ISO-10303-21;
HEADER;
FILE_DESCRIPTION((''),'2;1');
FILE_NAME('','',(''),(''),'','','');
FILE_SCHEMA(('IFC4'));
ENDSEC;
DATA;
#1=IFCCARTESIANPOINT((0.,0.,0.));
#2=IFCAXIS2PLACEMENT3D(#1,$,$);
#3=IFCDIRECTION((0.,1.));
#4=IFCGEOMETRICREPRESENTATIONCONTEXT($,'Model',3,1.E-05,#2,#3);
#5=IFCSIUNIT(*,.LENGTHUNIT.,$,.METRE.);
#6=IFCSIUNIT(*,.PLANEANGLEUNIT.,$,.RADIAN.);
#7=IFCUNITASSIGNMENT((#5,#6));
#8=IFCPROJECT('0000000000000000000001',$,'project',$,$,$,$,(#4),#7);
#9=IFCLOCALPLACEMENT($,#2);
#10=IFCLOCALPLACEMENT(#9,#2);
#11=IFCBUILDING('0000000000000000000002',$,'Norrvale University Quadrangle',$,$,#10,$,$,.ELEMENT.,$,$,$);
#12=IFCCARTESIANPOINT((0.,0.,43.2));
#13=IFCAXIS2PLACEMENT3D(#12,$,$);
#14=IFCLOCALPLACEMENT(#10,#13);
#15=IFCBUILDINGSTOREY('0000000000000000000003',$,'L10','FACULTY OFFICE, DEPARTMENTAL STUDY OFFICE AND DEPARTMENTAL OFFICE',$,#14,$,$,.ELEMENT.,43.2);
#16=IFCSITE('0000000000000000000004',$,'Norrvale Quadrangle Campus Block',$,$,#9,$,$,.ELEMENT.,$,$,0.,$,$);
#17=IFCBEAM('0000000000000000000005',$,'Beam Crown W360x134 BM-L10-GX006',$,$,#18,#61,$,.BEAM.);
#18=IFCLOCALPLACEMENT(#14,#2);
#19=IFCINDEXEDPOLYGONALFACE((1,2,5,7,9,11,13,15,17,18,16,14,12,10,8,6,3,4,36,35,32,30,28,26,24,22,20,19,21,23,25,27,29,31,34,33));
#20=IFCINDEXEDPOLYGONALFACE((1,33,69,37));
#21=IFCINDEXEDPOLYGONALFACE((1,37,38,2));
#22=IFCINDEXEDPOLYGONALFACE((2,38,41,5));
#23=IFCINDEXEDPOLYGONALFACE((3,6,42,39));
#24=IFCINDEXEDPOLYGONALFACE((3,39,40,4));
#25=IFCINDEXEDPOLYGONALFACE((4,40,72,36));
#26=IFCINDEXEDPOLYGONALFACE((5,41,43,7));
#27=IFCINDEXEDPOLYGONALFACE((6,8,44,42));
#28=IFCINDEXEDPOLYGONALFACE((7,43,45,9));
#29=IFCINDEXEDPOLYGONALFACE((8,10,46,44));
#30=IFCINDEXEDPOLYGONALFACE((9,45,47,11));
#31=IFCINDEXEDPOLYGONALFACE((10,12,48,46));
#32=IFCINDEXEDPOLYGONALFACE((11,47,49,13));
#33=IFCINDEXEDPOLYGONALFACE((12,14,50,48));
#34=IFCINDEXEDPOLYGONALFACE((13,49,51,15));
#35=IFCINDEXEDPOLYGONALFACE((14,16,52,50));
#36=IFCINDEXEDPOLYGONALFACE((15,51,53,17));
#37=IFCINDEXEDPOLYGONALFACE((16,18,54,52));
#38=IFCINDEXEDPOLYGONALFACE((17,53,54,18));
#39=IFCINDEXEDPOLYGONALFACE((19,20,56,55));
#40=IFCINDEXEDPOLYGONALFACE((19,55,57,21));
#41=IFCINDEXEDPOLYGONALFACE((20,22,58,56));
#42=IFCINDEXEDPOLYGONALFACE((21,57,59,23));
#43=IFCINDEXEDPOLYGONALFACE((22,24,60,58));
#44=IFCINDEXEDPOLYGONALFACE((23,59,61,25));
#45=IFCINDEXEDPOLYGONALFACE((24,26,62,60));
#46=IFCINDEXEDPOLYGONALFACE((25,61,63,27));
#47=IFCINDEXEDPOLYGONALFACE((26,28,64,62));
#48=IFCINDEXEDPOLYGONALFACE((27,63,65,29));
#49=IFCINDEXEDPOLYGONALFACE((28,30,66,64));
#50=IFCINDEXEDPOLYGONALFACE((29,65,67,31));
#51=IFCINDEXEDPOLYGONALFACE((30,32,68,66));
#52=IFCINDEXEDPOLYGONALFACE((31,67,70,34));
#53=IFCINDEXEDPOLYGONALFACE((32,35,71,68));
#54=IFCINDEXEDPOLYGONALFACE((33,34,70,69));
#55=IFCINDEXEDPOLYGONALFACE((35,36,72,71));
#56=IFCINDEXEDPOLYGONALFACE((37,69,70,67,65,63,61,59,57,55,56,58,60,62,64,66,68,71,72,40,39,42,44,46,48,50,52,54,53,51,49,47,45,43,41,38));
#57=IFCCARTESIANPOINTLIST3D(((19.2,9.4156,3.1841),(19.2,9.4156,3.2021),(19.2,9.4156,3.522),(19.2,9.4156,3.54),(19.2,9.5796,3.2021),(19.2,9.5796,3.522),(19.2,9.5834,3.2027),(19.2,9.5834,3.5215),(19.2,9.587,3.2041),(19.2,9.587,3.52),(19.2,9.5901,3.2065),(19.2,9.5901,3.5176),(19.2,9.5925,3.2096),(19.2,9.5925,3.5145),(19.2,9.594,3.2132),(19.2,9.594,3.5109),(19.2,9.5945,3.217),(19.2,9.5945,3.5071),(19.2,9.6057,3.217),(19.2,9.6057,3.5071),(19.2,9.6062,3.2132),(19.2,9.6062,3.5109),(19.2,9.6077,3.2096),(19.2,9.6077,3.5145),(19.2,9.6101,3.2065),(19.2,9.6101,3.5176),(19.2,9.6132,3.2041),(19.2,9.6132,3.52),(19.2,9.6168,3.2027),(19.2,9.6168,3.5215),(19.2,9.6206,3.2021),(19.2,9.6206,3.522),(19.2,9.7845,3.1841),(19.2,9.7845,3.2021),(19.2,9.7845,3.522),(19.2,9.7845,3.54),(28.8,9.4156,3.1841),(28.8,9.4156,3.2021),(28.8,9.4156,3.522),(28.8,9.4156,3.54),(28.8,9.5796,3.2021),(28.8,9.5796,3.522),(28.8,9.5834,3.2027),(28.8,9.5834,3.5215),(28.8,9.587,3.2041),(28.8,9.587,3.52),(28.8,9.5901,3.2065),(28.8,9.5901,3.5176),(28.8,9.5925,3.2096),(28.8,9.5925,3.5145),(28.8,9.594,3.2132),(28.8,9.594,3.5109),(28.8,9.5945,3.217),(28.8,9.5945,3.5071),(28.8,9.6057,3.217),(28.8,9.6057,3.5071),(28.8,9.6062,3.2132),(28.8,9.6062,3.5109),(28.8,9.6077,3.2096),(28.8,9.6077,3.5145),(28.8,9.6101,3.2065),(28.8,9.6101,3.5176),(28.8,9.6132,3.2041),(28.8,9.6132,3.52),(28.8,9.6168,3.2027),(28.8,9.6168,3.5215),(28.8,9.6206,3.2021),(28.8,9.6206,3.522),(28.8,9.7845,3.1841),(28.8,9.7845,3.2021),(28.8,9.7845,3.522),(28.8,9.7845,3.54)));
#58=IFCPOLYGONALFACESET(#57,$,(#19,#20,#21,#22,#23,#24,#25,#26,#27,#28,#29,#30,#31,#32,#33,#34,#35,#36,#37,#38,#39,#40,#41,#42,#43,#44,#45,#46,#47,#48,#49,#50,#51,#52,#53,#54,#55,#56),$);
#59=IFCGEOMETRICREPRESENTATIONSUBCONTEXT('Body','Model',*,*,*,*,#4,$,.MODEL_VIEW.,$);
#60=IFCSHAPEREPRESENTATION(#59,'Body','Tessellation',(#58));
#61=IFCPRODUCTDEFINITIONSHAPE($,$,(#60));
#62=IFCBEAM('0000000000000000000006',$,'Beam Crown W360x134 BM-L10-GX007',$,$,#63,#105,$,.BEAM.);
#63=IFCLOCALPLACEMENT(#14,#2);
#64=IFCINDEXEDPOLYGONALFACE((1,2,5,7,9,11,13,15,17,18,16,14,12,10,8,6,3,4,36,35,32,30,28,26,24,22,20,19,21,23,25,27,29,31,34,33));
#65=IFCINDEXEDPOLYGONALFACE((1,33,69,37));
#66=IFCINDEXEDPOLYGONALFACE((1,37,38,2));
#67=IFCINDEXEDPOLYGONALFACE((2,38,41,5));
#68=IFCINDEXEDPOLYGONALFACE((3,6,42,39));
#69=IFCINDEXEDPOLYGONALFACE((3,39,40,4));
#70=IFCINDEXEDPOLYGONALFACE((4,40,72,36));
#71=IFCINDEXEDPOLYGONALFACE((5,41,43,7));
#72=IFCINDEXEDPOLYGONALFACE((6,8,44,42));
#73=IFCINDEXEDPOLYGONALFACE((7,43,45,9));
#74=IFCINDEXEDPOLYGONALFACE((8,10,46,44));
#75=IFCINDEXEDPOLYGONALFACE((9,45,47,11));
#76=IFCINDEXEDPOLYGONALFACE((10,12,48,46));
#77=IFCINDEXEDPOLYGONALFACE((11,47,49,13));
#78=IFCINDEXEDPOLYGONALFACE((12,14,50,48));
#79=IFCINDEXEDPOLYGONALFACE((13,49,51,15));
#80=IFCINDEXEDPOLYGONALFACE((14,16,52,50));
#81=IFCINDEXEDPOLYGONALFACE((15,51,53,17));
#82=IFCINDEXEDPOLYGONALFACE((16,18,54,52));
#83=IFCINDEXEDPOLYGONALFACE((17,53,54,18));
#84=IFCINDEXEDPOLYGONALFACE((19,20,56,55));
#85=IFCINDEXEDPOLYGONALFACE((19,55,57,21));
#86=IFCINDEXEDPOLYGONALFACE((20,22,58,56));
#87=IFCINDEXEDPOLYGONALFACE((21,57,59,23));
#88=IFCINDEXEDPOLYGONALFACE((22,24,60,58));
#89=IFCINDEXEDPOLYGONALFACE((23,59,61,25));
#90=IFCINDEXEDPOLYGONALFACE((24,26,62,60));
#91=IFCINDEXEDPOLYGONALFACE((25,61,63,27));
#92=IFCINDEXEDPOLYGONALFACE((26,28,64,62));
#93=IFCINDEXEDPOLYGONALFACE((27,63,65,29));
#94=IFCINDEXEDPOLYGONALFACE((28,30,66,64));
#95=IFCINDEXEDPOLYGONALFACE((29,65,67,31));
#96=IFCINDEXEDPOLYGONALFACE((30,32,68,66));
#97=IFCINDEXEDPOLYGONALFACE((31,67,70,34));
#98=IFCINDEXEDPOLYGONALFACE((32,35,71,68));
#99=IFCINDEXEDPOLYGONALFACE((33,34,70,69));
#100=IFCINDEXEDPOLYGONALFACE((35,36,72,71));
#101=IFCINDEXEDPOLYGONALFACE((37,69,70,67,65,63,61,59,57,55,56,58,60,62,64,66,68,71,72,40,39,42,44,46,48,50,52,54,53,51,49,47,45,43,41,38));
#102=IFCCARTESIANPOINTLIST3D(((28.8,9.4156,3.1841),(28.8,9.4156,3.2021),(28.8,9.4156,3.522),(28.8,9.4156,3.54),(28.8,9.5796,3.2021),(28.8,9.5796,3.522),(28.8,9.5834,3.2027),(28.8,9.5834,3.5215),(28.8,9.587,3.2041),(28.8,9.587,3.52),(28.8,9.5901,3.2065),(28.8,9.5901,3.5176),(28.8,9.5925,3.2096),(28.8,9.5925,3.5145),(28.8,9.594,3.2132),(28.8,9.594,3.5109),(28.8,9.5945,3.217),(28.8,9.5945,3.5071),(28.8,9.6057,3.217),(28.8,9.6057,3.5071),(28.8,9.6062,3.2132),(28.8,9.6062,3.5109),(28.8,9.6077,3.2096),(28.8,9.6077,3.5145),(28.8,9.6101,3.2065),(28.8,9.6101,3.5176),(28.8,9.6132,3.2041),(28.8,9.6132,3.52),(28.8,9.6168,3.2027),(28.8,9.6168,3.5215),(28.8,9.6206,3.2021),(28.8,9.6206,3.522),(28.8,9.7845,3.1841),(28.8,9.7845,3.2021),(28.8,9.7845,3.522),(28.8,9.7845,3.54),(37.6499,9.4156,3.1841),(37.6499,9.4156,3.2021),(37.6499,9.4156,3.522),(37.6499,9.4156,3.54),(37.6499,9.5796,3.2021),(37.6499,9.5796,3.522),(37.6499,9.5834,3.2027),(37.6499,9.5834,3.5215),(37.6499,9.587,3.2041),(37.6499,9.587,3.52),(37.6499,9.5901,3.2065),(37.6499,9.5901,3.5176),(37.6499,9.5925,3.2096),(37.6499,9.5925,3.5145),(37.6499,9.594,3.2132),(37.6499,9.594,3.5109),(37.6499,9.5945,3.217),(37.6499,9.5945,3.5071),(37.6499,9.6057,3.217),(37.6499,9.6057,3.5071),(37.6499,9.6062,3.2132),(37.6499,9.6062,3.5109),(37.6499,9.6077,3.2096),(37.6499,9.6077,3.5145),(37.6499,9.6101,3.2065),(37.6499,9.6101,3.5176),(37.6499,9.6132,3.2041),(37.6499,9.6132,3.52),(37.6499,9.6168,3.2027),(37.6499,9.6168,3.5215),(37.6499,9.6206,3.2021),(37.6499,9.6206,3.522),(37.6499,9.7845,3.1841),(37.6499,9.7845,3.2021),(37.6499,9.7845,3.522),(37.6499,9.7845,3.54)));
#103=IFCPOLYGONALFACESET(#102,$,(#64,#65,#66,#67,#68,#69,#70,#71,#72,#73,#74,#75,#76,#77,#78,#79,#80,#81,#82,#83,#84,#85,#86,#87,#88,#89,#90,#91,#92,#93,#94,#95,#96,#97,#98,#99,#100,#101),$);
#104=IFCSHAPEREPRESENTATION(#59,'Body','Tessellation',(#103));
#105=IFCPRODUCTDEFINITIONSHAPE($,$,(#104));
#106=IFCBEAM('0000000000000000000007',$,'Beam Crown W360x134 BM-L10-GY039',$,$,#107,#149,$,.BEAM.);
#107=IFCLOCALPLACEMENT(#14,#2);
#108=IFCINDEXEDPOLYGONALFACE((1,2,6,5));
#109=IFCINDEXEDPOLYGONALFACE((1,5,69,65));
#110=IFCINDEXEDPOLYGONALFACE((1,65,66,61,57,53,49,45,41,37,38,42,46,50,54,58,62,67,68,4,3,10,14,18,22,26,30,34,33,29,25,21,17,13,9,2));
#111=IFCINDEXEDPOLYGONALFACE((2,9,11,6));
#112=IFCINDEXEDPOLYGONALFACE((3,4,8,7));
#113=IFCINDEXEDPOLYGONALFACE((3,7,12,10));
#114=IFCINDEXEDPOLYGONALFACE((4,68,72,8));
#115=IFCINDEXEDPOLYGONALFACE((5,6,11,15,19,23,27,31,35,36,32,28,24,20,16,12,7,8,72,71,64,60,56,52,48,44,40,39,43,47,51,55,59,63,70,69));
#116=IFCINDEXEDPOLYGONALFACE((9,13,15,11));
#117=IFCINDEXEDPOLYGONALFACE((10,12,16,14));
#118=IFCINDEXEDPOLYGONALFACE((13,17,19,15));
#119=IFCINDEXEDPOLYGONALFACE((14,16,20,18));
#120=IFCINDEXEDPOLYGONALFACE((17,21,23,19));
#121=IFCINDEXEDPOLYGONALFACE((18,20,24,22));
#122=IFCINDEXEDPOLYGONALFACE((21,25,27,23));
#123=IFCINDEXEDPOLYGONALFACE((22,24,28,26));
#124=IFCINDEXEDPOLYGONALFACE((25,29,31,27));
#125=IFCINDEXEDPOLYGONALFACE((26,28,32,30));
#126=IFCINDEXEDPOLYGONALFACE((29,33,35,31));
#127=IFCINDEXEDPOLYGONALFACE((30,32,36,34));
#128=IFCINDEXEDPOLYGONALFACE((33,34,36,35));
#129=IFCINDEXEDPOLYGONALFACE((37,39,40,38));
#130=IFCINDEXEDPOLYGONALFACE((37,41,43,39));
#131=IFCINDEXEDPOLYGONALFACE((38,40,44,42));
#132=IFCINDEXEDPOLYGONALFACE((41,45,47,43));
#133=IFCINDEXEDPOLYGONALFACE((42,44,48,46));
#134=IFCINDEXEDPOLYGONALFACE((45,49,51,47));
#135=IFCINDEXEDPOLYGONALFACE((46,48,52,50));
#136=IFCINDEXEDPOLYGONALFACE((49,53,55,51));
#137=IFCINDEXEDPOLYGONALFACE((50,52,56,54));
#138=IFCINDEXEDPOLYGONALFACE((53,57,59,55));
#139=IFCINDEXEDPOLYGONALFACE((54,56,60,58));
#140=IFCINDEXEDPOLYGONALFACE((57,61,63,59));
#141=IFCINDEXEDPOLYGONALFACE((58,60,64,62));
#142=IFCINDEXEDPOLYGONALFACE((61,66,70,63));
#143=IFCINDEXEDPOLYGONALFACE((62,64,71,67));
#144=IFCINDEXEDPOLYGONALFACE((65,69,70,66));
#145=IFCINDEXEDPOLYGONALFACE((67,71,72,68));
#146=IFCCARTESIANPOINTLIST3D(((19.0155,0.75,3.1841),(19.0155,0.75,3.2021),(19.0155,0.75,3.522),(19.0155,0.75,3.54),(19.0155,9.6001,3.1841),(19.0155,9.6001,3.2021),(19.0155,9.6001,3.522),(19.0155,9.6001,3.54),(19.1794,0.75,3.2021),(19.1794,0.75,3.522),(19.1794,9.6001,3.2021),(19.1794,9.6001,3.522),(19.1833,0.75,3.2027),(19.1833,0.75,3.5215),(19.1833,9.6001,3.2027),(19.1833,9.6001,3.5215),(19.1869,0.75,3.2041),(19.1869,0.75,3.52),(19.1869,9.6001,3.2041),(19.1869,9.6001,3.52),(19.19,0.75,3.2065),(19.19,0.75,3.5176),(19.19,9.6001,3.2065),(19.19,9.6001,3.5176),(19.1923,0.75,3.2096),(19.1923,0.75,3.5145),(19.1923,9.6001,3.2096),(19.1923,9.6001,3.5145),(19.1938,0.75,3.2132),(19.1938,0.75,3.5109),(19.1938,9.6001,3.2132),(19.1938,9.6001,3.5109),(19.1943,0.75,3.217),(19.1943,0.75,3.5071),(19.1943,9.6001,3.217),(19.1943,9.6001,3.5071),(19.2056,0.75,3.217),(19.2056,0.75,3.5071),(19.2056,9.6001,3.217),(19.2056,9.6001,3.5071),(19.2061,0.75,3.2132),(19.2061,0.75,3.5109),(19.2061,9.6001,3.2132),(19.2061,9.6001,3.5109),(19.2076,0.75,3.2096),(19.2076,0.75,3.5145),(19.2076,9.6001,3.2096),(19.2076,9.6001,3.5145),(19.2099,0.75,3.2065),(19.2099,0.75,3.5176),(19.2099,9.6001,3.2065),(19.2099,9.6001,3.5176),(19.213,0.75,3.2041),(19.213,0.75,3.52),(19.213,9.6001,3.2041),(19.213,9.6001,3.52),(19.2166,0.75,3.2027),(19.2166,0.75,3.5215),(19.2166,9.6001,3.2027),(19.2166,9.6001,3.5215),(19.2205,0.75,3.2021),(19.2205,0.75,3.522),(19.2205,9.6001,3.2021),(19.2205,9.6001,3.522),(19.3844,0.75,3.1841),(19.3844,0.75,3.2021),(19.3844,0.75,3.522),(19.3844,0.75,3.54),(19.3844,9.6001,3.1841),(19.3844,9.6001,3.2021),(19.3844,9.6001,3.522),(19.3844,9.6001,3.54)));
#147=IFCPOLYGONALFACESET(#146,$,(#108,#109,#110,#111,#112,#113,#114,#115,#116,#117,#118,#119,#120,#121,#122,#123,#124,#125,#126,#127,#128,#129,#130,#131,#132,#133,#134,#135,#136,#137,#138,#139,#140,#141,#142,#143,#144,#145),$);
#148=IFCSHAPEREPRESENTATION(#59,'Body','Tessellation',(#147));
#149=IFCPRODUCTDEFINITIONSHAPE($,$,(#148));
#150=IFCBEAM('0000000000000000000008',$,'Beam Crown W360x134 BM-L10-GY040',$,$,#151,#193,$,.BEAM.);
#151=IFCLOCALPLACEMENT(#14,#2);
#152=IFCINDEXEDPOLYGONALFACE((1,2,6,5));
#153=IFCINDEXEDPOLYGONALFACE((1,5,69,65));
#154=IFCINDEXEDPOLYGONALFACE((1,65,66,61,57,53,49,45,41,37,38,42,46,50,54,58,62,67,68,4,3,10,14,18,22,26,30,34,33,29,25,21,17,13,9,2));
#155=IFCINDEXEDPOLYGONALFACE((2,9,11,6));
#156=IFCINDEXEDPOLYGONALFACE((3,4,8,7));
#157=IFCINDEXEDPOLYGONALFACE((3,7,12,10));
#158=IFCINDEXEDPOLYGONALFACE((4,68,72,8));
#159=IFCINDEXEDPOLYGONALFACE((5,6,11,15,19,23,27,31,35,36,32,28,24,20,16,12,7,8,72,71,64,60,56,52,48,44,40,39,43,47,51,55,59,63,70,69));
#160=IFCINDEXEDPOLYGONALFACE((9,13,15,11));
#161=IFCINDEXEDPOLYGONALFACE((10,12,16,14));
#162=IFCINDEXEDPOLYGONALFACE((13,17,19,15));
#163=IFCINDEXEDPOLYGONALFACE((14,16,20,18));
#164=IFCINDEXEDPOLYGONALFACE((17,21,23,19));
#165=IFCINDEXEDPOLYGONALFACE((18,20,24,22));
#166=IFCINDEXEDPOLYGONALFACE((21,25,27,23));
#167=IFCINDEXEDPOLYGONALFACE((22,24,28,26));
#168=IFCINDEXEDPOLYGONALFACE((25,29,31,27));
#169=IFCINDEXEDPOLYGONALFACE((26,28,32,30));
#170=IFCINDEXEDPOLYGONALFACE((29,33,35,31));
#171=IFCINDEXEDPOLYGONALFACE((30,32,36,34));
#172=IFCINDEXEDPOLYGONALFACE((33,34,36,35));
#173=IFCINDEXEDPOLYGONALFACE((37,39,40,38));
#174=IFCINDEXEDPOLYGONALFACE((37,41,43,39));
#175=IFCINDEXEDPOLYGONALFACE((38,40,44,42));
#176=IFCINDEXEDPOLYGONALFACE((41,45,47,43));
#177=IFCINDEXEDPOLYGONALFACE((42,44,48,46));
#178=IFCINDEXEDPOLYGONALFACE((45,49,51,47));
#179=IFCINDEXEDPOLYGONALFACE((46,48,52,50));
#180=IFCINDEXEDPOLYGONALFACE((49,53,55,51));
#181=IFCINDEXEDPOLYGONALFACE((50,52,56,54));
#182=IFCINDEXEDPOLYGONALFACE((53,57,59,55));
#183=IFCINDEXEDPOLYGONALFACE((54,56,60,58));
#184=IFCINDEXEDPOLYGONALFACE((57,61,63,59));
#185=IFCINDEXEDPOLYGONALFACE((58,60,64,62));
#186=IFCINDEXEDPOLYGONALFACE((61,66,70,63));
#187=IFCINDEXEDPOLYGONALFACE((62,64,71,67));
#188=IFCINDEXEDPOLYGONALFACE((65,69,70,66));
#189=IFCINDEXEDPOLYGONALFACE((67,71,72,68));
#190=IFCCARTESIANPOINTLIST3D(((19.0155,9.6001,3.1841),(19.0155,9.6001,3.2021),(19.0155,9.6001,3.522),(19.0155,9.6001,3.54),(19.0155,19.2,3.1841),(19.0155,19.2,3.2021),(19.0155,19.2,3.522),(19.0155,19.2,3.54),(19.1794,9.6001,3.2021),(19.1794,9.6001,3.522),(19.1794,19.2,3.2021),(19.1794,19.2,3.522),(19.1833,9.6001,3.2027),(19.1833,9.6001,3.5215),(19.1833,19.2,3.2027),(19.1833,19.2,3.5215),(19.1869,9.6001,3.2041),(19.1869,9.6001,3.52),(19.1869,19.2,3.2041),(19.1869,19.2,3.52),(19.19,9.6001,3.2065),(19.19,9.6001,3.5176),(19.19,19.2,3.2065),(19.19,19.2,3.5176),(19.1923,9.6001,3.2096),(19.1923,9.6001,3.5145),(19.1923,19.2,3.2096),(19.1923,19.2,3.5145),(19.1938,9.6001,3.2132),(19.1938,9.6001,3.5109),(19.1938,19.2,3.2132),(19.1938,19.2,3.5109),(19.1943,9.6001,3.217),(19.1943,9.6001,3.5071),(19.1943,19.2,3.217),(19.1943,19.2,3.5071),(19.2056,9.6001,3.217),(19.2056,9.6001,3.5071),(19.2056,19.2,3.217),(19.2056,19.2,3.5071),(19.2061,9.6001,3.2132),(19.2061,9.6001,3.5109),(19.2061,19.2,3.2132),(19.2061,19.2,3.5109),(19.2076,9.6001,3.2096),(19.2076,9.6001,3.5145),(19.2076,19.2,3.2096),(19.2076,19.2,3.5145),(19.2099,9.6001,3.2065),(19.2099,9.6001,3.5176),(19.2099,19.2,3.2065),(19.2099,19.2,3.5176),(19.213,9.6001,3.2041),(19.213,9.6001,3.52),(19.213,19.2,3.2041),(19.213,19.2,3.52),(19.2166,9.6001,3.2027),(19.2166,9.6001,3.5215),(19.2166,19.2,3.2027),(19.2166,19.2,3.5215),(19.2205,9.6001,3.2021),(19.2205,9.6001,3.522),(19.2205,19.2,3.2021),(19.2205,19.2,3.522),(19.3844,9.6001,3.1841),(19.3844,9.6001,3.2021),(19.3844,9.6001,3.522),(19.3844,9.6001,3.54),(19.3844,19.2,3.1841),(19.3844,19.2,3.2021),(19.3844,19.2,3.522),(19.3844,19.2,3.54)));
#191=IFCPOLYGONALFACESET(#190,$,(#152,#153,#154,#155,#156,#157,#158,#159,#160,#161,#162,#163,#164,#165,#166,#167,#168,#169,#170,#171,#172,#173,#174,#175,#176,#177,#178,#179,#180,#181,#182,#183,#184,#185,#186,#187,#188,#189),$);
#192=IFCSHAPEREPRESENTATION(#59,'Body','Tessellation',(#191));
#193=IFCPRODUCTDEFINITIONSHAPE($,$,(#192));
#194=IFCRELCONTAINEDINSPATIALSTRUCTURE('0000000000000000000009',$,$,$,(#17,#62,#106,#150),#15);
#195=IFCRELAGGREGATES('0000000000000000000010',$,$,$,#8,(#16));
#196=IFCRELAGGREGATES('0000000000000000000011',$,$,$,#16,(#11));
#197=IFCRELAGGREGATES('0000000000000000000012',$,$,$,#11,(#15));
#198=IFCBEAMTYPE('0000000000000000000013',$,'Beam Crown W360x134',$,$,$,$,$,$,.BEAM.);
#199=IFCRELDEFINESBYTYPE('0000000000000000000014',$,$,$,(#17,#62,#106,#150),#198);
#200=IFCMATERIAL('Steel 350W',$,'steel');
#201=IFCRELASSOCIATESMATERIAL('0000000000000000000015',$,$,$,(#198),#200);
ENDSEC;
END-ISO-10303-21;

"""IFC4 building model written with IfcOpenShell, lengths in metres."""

from ifc_helpers import new_model, si_unit, direction, frame, origin, origin_2d, place, context, subcontext, project, spatial, i_section, extrude, material, material_profile, profile_set, type_object, element, save


model = new_model("IFC4")

# Units and contexts
model_context = context("Model", 3, precision=1e-05, world=origin(), true_north=direction((0.0, 1.0)))
body_context = subcontext(model_context, "Body", "Model", "MODEL_VIEW")
ifc_project = project(units=[si_unit("LENGTHUNIT", "METRE"), si_unit("PLANEANGLEUNIT", "RADIAN")], contexts=[model_context])

# Site, building, storey
site_placement = place(None, origin())
site = spatial("IfcSite", under=ifc_project, at=site_placement, Name="Norrvale Quadrangle Campus Block", CompositionType="ELEMENT", RefElevation=0.0)
building_placement = place(site_placement, origin())
building = spatial("IfcBuilding", under=site, at=building_placement, Name="Norrvale University Quadrangle", CompositionType="ELEMENT")
storey_placement = place(building_placement, frame((0.0, 0.0, 43.2)))
storey = spatial("IfcBuildingStorey", under=building, at=storey_placement, Name="L10", Description="FACULTY OFFICE, DEPARTMENTAL STUDY OFFICE AND DEPARTMENTAL OFFICE", CompositionType="ELEMENT", Elevation=43.2)

# Beams
ifc_material_1 = material(Name="Steel 350W", Category="steel")
ifc_material_profile_1 = material_profile(ifc_material_1, i_section(OverallWidth=0.3689, OverallDepth=0.356, WebThickness=0.0112, FlangeThickness=0.0181, FilletRadius=0.0149, at=origin_2d()), Name="Steel 350W")
ifc_profile_set_1 = profile_set([ifc_material_profile_1], Name="Steel 350W")
beam_type_1 = type_object("IfcBeamType", Name="Beam Crown W360x134", PredefinedType="BEAM", material=ifc_profile_set_1)
beam_1_placement = place(storey_placement, frame((19.2, 9.6001, 3.3621), z_axis=(1.0, 0.0, 0.0), x_axis=(0.0, 1.0, 0.0)))
element("IfcBeam", 1, at=beam_1_placement, inside=storey, type_object=beam_type_1, Name="Beam Crown W360x134 BM-L10-GX006", PredefinedType="BEAM", context=body_context, shape_type="SweptSolid", body=[
    extrude(i_section(OverallWidth=0.3689, OverallDepth=0.356, WebThickness=0.0112, FlangeThickness=0.0181, FilletRadius=0.0149, at=origin_2d()), origin(), (0.0, 0.0, 1.0), 9.6001),
])
beam_2_placement = place(storey_placement, frame((28.8, 9.6001, 3.3621), z_axis=(1.0, 0.0, 0.0), x_axis=(0.0, 1.0, 0.0)))
element("IfcBeam", 2, at=beam_2_placement, inside=storey, type_object=beam_type_1, Name="Beam Crown W360x134 BM-L10-GX007", PredefinedType="BEAM", context=body_context, shape_type="SweptSolid", body=[
    extrude(i_section(OverallWidth=0.3689, OverallDepth=0.356, WebThickness=0.0112, FlangeThickness=0.0181, FilletRadius=0.0149, at=origin_2d()), origin(), (0.0, 0.0, 1.0), 8.8499),
])
beam_3_placement = place(storey_placement, frame((19.2, 0.75, 3.3621), z_axis=(0.0, 1.0, 0.0), x_axis=(-1.0, 0.0, 0.0)))
element("IfcBeam", 3, at=beam_3_placement, inside=storey, type_object=beam_type_1, Name="Beam Crown W360x134 BM-L10-GY039", PredefinedType="BEAM", context=body_context, shape_type="SweptSolid", body=[
    extrude(i_section(OverallWidth=0.3689, OverallDepth=0.356, WebThickness=0.0112, FlangeThickness=0.0181, FilletRadius=0.0149, at=origin_2d()), origin(), (0.0, 0.0, 1.0), 8.8501),
])
beam_4_placement = place(storey_placement, frame((19.2, 9.6001, 3.3621), z_axis=(0.0, 1.0, 0.0), x_axis=(-1.0, 0.0, 0.0)))
element("IfcBeam", 4, at=beam_4_placement, inside=storey, type_object=beam_type_1, Name="Beam Crown W360x134 BM-L10-GY040", PredefinedType="BEAM", context=body_context, shape_type="SweptSolid", body=[
    extrude(i_section(OverallWidth=0.3689, OverallDepth=0.356, WebThickness=0.0112, FlangeThickness=0.0181, FilletRadius=0.0149, at=origin_2d()), origin(), (0.0, 0.0, 1.0), 9.5999),
])

save(model, "model.ifc")
